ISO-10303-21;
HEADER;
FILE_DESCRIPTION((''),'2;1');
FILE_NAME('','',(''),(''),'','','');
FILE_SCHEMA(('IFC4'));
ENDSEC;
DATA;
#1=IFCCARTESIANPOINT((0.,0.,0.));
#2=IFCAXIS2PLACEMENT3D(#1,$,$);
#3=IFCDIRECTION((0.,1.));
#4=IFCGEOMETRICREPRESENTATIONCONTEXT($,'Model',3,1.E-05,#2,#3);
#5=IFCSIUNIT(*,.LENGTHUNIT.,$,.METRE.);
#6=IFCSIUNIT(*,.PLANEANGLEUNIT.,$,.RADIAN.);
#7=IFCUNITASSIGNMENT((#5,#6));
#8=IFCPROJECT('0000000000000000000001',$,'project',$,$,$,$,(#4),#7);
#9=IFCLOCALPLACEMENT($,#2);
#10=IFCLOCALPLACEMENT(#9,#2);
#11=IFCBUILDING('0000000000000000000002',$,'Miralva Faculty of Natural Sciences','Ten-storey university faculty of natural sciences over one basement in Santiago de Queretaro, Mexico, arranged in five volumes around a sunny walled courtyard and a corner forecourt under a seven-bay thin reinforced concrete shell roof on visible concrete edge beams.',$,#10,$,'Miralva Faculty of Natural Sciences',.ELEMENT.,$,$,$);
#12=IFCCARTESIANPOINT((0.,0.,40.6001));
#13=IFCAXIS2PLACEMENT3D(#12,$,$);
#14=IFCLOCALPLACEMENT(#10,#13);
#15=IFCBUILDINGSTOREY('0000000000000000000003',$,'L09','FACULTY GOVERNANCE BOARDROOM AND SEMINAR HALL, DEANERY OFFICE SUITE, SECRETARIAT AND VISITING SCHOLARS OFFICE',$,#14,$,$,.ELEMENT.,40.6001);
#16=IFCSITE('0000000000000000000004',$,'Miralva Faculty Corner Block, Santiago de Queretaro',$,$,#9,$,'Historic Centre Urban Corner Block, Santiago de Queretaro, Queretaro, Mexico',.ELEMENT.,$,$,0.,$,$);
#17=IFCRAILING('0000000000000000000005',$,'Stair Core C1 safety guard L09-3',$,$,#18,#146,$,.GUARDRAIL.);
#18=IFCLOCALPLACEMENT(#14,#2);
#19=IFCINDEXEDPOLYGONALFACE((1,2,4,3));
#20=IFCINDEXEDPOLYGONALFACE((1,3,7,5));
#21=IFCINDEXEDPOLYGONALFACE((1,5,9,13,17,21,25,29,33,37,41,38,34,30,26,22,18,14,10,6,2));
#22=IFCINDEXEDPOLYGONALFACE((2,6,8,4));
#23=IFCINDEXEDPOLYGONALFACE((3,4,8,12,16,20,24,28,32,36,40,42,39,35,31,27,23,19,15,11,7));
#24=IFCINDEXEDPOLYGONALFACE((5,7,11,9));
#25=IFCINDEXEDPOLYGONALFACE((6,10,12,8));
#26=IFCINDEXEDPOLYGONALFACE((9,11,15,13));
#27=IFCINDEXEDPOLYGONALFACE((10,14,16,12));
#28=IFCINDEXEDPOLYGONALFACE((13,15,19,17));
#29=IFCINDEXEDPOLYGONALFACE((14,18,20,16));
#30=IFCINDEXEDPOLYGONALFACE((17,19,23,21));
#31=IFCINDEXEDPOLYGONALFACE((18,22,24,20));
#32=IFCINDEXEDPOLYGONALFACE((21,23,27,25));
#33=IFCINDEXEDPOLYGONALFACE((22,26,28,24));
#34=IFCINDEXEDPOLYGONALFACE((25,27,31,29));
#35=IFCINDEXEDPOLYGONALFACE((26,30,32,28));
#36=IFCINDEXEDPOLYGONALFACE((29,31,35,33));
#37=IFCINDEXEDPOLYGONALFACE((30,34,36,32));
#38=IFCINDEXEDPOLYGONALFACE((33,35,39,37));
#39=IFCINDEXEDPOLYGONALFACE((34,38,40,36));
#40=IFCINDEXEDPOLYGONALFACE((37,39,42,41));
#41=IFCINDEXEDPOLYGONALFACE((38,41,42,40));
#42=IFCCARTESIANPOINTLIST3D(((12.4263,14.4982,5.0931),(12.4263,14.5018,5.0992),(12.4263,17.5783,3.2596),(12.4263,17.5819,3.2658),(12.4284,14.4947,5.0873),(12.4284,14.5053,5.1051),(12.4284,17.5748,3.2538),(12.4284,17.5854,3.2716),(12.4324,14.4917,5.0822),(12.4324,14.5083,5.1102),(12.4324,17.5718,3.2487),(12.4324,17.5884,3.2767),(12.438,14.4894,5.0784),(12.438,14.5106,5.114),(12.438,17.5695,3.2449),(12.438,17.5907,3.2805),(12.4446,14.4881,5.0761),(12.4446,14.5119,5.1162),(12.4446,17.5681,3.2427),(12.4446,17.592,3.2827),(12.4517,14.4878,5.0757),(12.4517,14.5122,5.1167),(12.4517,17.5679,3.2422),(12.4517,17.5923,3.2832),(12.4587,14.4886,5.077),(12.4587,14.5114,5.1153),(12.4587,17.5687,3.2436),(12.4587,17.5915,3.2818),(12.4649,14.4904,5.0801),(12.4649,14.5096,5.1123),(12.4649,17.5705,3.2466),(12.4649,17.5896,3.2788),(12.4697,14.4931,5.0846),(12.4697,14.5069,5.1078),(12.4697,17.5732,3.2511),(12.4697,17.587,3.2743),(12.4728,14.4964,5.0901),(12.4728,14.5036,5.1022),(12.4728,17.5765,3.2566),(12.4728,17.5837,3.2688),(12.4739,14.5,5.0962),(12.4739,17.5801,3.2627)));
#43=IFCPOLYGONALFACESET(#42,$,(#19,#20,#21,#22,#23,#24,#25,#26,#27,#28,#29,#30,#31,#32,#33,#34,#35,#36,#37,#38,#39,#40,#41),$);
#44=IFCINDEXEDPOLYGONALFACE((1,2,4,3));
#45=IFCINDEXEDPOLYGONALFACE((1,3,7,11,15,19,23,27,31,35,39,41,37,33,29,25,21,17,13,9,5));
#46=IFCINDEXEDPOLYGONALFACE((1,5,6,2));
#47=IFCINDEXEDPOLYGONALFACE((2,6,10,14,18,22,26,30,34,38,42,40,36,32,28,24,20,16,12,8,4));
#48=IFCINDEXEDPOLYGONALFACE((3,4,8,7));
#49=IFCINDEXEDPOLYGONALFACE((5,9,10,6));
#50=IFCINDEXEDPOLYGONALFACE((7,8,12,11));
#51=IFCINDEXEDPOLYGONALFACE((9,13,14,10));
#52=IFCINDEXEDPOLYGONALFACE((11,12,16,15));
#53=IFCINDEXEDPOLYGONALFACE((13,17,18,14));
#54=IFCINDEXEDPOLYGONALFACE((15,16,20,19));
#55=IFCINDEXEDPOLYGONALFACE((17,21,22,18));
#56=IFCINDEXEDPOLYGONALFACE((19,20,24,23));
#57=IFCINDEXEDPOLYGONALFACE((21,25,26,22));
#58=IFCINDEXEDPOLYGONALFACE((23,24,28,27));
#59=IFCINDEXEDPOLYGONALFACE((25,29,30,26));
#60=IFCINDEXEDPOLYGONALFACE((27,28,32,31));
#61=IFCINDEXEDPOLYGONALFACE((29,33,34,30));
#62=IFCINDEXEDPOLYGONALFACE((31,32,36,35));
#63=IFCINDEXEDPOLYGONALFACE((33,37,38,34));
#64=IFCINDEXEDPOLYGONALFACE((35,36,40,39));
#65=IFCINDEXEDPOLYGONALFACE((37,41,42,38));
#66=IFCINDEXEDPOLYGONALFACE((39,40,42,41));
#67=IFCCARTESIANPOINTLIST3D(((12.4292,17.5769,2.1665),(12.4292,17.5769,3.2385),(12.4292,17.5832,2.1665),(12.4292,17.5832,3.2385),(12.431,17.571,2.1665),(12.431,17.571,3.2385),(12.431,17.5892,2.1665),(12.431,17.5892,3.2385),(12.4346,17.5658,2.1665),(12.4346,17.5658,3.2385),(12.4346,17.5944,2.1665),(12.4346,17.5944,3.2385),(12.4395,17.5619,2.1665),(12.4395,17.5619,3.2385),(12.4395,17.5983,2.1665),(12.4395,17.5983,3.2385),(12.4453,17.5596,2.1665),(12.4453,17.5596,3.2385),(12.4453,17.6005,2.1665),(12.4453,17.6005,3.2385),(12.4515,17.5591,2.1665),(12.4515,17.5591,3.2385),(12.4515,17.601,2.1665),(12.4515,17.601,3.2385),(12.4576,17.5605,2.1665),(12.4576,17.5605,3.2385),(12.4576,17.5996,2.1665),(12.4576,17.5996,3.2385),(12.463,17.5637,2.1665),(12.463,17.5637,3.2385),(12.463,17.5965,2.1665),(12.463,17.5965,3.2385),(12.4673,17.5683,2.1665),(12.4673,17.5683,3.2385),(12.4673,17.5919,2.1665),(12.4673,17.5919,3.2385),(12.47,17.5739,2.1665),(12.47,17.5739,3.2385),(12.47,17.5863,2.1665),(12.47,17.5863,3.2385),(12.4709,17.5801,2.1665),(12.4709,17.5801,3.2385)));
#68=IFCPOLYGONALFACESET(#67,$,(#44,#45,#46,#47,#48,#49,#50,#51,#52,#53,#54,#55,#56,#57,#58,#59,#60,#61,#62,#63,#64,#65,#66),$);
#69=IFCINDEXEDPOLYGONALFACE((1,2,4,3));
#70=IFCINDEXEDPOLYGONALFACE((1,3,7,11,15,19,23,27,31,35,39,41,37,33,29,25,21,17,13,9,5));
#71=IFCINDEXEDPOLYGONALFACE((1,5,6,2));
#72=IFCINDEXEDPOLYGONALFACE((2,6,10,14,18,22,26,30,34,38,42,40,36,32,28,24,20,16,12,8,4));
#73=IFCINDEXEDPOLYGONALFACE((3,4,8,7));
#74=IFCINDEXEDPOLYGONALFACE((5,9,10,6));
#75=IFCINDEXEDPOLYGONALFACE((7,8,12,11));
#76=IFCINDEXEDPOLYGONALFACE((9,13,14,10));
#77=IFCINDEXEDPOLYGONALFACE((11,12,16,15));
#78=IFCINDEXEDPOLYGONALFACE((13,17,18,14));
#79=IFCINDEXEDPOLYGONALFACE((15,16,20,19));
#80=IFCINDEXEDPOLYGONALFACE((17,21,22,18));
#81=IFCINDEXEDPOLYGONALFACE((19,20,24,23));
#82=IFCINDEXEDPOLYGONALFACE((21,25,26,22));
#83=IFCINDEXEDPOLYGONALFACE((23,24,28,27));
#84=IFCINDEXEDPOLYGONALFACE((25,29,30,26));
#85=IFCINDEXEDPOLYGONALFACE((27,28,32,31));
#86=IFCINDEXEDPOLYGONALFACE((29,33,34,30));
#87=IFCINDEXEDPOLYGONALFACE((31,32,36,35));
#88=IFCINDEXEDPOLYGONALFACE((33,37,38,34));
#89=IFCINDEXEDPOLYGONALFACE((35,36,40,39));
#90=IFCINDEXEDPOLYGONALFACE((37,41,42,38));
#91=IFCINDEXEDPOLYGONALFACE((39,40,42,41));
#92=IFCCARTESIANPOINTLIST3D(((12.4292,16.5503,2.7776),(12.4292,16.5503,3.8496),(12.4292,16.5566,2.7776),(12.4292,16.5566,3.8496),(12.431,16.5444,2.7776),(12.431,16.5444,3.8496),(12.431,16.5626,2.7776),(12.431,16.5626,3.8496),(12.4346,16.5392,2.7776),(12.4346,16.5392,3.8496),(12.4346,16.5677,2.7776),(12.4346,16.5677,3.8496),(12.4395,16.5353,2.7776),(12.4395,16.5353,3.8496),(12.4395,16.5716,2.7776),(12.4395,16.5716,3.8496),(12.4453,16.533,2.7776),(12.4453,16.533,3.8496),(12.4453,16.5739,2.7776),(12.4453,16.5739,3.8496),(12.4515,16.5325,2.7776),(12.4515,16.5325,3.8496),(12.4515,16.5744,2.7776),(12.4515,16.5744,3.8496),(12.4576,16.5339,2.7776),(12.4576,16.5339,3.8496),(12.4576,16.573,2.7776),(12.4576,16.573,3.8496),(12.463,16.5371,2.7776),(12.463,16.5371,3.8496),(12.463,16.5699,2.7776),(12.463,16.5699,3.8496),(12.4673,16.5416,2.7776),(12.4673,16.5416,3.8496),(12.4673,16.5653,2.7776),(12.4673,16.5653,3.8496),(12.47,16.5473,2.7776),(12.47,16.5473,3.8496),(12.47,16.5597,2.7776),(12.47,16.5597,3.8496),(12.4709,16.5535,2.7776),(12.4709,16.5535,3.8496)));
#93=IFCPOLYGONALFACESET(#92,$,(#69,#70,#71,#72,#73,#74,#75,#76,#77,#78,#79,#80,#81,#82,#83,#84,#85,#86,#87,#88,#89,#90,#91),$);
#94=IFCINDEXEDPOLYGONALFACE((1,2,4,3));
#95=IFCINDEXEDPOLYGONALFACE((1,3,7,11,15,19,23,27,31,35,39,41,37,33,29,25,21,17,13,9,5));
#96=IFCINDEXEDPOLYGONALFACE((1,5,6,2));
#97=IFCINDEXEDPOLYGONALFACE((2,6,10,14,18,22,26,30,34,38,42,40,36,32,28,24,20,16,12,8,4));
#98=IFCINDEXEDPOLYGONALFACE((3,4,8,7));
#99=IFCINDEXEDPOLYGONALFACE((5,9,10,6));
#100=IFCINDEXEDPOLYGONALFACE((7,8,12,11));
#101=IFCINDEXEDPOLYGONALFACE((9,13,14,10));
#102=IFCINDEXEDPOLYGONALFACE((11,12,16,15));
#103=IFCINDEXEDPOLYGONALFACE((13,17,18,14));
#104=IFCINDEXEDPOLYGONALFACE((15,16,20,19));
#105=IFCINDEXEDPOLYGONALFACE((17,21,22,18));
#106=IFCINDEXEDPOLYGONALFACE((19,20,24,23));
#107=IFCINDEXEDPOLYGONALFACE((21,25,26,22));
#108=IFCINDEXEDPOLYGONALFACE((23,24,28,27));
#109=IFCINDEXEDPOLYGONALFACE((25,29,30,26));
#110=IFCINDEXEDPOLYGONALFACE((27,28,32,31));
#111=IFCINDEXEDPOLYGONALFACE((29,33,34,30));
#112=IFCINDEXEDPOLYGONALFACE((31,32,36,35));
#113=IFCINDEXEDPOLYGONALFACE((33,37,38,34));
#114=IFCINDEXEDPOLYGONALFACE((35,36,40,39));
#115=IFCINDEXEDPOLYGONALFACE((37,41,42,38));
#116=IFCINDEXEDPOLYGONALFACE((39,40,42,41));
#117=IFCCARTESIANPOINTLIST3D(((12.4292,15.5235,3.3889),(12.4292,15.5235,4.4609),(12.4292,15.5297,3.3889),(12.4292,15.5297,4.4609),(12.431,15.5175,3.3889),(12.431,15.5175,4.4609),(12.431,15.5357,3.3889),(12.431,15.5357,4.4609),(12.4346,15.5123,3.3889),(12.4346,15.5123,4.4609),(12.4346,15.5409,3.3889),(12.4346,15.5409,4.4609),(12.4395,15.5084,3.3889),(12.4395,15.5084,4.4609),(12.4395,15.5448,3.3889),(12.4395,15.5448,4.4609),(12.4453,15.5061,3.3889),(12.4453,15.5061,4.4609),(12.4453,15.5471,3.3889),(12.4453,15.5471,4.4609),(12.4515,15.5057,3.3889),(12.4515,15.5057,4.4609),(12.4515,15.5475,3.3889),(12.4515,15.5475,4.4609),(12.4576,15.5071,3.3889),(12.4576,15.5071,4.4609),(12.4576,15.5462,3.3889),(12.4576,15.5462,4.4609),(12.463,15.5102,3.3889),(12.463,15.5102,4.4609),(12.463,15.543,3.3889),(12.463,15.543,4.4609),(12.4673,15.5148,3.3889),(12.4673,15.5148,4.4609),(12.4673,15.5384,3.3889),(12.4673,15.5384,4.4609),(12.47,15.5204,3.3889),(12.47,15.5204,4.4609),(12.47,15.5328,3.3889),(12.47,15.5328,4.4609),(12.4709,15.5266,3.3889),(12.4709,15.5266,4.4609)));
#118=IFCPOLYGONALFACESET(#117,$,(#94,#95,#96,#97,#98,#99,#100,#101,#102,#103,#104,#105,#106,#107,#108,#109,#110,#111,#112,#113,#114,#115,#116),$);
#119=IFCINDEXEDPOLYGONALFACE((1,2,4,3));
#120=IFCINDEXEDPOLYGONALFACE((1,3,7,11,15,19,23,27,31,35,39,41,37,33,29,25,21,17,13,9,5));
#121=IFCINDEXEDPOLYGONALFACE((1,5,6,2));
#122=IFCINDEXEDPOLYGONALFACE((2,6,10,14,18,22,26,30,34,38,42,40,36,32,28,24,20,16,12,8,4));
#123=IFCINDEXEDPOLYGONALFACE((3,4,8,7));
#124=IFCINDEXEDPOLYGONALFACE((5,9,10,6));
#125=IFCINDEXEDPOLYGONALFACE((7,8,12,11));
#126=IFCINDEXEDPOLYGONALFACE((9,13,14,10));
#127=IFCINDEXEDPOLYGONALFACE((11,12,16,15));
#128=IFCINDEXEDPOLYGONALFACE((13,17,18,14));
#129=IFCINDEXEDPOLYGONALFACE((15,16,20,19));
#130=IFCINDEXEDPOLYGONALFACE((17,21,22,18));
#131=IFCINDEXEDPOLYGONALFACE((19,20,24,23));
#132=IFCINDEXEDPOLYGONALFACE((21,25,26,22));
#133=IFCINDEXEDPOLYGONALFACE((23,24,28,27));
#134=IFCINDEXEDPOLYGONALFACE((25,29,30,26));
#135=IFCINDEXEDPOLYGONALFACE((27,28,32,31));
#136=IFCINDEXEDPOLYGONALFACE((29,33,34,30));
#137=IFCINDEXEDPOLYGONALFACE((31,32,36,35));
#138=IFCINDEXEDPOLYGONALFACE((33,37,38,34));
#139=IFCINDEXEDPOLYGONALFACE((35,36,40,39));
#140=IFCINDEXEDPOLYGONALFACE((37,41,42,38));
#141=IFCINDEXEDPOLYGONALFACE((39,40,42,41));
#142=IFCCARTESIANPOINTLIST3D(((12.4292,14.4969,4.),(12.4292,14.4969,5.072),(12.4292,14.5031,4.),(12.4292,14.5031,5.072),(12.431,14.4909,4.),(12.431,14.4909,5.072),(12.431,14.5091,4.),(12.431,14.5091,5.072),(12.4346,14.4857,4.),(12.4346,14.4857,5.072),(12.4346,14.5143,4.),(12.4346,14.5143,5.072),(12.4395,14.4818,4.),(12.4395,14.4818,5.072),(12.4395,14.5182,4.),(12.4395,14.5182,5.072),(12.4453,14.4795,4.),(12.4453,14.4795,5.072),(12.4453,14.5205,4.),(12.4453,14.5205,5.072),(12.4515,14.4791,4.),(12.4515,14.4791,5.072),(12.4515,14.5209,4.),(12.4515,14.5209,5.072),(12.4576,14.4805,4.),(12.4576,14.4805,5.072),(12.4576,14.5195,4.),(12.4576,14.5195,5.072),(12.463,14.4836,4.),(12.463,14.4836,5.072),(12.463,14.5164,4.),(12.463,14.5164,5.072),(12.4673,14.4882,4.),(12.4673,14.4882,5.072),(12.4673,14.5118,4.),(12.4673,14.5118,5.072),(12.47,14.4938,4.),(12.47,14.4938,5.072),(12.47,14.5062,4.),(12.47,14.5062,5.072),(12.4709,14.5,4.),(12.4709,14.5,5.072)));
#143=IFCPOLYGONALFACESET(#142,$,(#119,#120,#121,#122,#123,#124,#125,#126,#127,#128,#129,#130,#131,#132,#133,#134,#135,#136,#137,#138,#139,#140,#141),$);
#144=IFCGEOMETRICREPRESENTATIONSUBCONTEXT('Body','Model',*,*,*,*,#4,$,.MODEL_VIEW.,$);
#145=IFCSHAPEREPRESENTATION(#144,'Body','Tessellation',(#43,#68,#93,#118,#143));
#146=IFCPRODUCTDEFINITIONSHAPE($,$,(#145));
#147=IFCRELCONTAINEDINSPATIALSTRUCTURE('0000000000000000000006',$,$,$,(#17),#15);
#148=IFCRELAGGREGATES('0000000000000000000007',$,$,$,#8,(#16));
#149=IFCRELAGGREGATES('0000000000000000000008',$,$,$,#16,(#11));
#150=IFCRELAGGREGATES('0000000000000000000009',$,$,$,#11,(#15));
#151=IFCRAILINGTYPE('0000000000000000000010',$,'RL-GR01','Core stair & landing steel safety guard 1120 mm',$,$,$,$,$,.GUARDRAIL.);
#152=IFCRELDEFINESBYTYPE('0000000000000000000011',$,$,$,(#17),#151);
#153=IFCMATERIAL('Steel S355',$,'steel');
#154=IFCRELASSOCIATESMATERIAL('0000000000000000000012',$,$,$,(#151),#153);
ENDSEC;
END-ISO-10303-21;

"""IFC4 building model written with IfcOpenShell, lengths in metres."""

from ifc_helpers import new_model, si_unit, direction, frame, origin, origin_2d, place, context, subcontext, project, spatial, circle, extrude, material, type_object, element, save


model = new_model("IFC4")

# Units and contexts
model_context = context("Model", 3, precision=1e-05, world=origin(), true_north=direction((0.0, 1.0)))
body_context = subcontext(model_context, "Body", "Model", "MODEL_VIEW")
ifc_project = project(units=[si_unit("LENGTHUNIT", "METRE"), si_unit("PLANEANGLEUNIT", "RADIAN")], contexts=[model_context])

# Site, building, storey
site_placement = place(None, origin())
site = spatial("IfcSite", under=ifc_project, at=site_placement, Name="Miralva Faculty Corner Block, Santiago de Queretaro", LongName="Historic Centre Urban Corner Block, Santiago de Queretaro, Queretaro, Mexico", CompositionType="ELEMENT", RefElevation=0.0)
building_placement = place(site_placement, origin())
building = spatial("IfcBuilding", under=site, at=building_placement, Name="Miralva Faculty of Natural Sciences", Description="Ten-storey university faculty of natural sciences over one basement in Santiago de Queretaro, Mexico, arranged in five volumes around a sunny walled courtyard and a corner forecourt under a seven-bay thin reinforced concrete shell roof on visible concrete edge beams.", LongName="Miralva Faculty of Natural Sciences", CompositionType="ELEMENT")
storey_placement = place(building_placement, frame((0.0, 0.0, 40.6001)))
storey = spatial("IfcBuildingStorey", under=building, at=storey_placement, Name="L09", Description="FACULTY GOVERNANCE BOARDROOM AND SEMINAR HALL, DEANERY OFFICE SUITE, SECRETARIAT AND VISITING SCHOLARS OFFICE", CompositionType="ELEMENT", Elevation=40.6001)

# Railing
ifc_material_1 = material(Name="Steel S355", Category="steel")
railing_type_1 = type_object("IfcRailingType", Name="RL-GR01", Description="Core stair & landing steel safety guard 1120 mm", PredefinedType="GUARDRAIL", material=ifc_material_1)
railing_1_placement = place(storey_placement, frame((12.45, 17.5801, 2.1665)))
element("IfcRailing", 1, at=railing_1_placement, inside=storey, type_object=railing_type_1, Name="Stair Core C1 safety guard L09-3", PredefinedType="GUARDRAIL", context=body_context, shape_type="SweptSolid", body=[
    extrude(circle(Radius=0.0239, at=origin_2d()), frame((0.0, 0.0, 1.0962), z_axis=(0.0, -0.859279, 0.511508), x_axis=(1.0, 0.0, 0.0)), (0.0, 0.0, 1.0), 3.5845),
    extrude(circle(Radius=0.021, at=origin_2d()), origin(), (0.0, 0.0, 1.0), 1.072),
    extrude(circle(Radius=0.021, at=origin_2d()), frame((0.0, -1.0266, 0.6111)), (0.0, 0.0, 1.0), 1.072),
    extrude(circle(Radius=0.021, at=origin_2d()), frame((0.0, -2.0535, 1.2224)), (0.0, 0.0, 1.0), 1.072),
    extrude(circle(Radius=0.021, at=origin_2d()), frame((0.0, -3.0801, 1.8335)), (0.0, 0.0, 1.0), 1.072),
])

save(model, "model.ifc")
